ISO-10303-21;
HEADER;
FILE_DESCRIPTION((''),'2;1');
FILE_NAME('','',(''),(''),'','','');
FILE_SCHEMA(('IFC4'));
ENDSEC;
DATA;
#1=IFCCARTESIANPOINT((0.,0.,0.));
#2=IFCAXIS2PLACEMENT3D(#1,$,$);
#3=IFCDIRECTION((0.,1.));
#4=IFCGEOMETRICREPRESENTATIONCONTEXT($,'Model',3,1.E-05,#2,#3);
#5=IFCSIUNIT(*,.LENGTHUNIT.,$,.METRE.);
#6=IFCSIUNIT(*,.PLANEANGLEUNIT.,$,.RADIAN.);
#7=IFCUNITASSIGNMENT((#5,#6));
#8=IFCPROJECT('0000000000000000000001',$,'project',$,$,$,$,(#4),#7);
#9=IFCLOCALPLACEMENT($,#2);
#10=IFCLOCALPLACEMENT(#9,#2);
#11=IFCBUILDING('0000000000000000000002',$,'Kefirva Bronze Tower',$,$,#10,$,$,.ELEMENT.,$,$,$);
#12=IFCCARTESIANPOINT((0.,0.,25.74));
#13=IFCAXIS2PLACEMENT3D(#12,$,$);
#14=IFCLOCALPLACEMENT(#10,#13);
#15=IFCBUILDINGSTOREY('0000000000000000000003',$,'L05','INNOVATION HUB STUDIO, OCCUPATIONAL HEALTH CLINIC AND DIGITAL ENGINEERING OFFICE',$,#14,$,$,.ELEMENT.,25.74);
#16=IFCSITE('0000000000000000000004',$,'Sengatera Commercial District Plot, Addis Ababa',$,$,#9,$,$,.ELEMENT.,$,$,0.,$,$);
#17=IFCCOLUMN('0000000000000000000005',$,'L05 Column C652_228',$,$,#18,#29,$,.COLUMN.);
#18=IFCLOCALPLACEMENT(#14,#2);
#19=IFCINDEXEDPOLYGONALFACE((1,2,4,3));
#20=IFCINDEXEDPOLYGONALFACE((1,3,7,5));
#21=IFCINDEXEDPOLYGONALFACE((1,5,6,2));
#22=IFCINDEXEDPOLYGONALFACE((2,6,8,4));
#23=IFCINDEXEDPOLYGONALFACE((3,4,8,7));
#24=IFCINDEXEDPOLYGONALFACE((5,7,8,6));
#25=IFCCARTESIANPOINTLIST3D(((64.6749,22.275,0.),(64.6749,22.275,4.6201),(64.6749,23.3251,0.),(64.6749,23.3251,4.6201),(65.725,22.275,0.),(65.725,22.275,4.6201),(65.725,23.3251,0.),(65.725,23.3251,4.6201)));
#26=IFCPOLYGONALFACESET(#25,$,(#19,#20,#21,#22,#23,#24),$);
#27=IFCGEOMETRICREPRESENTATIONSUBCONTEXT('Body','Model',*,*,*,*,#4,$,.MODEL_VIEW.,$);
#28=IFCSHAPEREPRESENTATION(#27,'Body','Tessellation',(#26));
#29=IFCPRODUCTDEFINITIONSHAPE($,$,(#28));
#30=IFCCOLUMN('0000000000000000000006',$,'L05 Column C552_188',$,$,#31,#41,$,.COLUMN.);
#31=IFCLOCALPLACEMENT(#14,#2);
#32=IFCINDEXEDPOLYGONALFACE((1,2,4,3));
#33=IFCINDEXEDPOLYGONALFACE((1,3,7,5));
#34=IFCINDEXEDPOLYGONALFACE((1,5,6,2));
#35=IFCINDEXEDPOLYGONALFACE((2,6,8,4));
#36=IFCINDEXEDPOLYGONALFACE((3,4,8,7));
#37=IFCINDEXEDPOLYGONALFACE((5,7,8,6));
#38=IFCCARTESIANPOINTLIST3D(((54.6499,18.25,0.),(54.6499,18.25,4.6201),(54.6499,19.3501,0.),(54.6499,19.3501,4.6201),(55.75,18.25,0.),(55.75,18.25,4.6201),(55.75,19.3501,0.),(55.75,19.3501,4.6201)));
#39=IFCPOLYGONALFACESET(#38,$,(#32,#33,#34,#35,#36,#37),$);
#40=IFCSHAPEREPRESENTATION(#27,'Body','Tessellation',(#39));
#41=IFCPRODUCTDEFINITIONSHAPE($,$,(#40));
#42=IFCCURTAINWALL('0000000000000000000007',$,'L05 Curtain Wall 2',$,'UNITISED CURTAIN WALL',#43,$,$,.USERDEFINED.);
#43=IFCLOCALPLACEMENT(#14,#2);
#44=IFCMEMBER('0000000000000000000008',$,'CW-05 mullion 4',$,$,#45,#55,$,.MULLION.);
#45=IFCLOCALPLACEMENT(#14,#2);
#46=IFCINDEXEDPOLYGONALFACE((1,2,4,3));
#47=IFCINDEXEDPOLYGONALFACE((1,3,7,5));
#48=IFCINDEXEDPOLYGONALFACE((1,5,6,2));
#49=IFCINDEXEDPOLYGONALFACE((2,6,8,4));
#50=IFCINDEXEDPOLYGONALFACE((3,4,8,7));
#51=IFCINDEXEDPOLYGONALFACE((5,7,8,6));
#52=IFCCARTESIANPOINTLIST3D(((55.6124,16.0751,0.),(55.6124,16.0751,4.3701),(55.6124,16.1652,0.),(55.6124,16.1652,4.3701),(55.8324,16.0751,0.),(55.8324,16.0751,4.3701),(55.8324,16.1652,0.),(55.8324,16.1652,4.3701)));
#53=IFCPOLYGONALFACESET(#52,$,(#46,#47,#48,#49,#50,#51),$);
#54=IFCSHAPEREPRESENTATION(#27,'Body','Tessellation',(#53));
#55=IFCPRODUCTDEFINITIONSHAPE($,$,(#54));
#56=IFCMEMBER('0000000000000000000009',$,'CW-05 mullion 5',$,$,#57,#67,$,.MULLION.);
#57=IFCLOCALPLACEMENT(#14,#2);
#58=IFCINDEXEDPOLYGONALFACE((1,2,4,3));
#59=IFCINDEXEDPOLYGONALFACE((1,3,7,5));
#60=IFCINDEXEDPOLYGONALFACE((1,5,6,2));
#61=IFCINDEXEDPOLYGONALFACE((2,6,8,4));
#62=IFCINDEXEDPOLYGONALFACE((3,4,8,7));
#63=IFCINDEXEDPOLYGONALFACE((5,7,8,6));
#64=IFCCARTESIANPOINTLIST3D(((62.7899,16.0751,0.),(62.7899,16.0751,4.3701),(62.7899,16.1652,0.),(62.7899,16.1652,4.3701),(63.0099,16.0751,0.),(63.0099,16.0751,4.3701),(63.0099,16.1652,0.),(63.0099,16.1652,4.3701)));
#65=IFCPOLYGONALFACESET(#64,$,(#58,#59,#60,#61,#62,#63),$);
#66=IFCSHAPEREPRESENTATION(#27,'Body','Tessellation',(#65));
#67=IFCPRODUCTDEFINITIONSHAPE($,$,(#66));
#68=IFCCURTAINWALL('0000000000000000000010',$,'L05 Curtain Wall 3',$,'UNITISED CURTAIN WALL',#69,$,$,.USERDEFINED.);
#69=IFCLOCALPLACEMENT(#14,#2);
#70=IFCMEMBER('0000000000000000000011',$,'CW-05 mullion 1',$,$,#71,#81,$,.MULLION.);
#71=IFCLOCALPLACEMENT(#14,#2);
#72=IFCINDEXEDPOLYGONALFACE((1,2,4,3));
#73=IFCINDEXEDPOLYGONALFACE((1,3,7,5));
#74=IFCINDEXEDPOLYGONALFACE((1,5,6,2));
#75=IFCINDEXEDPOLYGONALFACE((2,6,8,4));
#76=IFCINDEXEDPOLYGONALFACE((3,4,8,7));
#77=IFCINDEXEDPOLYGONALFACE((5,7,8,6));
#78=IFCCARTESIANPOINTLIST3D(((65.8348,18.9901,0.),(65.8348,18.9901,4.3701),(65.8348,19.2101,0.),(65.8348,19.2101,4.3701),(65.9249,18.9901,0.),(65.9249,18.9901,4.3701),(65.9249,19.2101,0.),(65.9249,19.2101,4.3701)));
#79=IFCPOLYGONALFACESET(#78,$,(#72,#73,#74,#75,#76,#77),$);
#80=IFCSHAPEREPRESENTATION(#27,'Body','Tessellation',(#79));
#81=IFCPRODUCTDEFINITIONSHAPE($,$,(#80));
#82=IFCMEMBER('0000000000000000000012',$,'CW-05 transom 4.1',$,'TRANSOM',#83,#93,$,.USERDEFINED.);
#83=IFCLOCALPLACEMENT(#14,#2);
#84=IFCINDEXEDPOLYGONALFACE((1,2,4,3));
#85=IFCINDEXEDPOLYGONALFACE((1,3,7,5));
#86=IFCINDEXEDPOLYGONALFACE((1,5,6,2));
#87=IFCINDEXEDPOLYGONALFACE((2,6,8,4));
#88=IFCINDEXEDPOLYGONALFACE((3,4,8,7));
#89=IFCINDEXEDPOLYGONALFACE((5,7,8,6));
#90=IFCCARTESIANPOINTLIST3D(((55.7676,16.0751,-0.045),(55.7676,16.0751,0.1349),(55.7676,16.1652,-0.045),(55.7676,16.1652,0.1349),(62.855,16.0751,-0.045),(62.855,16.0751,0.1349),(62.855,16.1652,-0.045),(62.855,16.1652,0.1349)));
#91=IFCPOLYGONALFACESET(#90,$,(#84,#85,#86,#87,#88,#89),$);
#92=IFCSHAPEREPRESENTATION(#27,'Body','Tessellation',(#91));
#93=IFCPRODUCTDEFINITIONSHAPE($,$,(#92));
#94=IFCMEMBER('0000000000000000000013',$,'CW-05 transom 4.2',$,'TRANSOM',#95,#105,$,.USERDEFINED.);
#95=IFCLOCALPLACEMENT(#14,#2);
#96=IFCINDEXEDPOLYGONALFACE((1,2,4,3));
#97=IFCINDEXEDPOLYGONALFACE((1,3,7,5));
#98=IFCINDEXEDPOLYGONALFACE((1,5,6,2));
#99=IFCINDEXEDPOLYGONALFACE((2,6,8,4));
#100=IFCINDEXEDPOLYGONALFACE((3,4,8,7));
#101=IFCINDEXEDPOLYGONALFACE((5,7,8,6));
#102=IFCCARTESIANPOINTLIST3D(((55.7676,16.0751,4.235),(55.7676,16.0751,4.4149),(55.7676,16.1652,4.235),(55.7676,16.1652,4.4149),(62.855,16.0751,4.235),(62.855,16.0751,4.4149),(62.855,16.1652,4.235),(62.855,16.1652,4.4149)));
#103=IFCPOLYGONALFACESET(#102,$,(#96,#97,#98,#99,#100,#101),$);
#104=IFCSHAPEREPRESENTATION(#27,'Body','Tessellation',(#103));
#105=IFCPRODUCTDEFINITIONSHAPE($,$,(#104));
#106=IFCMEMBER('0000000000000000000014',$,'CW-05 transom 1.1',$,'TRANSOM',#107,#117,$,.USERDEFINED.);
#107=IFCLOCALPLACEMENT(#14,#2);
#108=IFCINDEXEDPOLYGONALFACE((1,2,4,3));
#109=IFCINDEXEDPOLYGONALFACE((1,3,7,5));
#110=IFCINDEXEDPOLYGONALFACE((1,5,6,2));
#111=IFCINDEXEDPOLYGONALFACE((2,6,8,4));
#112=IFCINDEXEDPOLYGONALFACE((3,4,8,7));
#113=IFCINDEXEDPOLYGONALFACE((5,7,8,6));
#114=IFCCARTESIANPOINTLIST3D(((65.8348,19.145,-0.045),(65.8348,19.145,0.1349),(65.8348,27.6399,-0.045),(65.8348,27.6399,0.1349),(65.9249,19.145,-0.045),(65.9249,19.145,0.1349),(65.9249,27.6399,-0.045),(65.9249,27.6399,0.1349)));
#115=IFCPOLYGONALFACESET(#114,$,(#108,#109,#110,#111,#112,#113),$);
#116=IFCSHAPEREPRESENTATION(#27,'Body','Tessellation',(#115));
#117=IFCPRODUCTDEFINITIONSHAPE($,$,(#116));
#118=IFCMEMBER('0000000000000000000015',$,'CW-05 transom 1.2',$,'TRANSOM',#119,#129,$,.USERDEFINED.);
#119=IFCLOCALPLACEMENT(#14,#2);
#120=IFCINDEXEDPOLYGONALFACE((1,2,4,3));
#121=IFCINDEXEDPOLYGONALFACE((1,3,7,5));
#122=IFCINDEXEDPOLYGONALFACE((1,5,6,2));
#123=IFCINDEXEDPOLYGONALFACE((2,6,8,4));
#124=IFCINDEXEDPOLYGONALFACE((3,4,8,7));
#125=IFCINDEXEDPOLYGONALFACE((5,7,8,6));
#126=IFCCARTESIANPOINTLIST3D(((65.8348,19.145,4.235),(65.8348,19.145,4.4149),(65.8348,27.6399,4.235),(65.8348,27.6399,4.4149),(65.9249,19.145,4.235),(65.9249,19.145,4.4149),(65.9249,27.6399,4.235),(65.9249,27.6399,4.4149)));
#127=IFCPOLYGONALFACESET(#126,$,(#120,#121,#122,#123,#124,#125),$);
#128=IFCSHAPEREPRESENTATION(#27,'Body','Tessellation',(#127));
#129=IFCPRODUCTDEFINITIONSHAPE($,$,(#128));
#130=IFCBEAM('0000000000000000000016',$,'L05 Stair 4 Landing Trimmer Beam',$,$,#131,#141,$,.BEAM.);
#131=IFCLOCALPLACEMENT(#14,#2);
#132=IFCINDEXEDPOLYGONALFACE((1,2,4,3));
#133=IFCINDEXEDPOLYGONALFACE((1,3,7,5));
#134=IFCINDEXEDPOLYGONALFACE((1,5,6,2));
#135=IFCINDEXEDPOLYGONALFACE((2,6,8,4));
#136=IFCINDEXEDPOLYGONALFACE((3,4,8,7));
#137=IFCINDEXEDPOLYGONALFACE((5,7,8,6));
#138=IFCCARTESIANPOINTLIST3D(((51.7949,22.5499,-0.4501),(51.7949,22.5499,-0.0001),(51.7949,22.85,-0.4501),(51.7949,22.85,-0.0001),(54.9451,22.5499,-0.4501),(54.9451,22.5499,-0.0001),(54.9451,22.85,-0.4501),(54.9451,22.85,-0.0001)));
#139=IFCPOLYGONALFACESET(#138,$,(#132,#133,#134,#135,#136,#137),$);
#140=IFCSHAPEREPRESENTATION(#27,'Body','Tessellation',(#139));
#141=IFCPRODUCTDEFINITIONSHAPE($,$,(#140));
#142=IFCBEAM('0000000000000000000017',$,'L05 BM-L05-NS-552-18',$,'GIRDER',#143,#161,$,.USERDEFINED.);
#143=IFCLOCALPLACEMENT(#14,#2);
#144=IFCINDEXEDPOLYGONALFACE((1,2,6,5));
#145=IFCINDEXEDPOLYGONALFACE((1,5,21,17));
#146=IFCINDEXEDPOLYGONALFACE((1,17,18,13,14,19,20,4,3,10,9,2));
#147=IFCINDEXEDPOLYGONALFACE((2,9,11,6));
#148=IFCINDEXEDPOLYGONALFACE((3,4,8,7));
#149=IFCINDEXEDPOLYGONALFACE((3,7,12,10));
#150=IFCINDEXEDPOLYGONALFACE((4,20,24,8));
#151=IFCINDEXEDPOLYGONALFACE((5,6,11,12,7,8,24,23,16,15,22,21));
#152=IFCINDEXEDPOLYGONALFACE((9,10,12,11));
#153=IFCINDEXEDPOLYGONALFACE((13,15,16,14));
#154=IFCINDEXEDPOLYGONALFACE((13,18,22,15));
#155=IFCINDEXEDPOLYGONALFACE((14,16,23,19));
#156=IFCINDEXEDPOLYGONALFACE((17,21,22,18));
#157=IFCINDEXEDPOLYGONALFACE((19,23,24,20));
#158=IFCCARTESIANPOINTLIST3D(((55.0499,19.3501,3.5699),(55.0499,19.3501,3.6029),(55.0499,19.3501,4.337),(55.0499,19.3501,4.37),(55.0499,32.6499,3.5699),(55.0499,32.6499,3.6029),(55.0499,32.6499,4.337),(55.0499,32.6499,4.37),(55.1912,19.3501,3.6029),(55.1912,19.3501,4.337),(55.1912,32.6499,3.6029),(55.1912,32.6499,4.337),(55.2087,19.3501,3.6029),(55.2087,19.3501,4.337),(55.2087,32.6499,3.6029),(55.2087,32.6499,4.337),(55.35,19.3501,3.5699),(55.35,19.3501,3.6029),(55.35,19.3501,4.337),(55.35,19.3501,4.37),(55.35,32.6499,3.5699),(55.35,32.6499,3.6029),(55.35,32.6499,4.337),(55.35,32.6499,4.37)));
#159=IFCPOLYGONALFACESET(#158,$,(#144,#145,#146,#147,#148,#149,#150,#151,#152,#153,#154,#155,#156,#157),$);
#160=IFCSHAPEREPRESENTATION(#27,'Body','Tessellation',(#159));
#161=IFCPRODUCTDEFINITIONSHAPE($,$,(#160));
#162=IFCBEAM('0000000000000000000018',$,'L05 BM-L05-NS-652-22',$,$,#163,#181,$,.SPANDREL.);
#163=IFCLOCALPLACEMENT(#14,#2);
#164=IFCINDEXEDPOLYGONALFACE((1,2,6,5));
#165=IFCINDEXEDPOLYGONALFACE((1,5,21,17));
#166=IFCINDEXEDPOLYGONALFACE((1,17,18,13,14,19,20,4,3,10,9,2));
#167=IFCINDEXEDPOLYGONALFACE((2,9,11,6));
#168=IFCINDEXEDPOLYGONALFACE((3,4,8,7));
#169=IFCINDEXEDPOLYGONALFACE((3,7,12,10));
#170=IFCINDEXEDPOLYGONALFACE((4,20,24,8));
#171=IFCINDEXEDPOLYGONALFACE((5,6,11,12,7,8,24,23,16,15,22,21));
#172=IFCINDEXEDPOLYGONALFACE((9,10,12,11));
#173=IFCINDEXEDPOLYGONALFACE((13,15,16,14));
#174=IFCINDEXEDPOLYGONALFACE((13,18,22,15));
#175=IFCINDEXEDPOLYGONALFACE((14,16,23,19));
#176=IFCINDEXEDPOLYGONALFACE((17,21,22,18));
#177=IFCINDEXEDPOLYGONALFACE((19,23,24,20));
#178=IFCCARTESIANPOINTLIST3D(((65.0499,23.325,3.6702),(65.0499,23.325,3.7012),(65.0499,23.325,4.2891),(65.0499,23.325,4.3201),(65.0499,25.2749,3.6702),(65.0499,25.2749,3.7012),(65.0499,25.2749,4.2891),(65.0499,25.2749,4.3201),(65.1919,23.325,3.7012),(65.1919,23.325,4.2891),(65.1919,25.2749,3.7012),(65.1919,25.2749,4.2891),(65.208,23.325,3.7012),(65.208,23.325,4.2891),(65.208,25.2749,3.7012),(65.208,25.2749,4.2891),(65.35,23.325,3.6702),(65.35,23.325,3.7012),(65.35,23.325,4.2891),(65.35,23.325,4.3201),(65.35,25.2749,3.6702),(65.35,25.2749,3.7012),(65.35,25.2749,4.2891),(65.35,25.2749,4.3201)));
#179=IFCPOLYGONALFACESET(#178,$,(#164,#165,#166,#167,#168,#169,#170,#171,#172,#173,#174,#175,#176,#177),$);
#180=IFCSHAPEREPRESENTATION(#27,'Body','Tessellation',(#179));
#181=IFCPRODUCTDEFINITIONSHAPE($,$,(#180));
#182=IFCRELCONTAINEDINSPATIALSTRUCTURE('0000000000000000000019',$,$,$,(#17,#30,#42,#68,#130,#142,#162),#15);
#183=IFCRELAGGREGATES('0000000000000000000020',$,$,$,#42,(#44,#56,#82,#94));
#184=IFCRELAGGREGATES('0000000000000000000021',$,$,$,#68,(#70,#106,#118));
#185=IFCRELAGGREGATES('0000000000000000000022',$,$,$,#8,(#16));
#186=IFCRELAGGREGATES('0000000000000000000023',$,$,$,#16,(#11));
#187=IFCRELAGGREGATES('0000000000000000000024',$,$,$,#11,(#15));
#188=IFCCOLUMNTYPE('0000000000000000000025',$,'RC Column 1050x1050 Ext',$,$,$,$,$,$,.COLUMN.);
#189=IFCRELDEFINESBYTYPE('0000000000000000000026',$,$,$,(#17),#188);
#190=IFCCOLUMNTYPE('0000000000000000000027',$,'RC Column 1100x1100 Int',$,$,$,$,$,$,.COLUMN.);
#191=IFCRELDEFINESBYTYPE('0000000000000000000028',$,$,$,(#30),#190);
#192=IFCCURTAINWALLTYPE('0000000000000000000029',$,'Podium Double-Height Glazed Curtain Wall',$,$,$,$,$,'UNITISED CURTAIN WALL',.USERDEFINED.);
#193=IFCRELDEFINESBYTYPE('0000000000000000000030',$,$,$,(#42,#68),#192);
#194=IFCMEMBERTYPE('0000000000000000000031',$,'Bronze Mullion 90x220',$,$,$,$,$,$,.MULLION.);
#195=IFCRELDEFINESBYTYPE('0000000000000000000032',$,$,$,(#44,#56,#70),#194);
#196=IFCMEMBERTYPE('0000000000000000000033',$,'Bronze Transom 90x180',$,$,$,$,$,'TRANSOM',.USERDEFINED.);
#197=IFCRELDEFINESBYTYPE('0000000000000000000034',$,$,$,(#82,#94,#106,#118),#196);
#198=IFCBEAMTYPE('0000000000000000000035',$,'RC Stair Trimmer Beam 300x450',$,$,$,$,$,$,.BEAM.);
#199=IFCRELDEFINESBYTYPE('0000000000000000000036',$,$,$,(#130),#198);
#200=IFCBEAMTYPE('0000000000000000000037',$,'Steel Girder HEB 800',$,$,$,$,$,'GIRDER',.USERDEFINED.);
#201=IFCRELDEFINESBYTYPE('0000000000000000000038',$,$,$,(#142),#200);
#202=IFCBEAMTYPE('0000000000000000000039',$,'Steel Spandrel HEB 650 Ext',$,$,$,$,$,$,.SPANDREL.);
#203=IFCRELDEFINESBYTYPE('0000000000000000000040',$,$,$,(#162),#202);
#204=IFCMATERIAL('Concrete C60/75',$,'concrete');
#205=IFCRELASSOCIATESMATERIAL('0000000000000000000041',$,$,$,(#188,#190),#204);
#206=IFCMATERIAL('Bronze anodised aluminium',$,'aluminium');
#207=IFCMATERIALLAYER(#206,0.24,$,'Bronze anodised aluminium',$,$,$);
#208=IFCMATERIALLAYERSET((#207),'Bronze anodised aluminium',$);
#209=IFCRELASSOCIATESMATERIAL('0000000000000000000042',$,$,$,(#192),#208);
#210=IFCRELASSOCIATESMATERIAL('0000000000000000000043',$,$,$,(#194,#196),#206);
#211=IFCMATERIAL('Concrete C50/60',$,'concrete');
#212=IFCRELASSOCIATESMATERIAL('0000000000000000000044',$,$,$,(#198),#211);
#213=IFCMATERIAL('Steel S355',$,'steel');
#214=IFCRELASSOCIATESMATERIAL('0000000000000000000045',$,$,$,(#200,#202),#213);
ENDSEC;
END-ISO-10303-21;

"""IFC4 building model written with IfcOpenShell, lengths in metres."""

from ifc_helpers import new_model, si_unit, direction, frame, origin, origin_2d, place, context, subcontext, project, spatial, rectangle, i_section, extrude, material, layer, layer_set, material_profile, profile_set, type_object, element, aggregate, save


model = new_model("IFC4")

# Units and contexts
model_context = context("Model", 3, precision=1e-05, world=origin(), true_north=direction((0.0, 1.0)))
body_context = subcontext(model_context, "Body", "Model", "MODEL_VIEW")
ifc_project = project(units=[si_unit("LENGTHUNIT", "METRE"), si_unit("PLANEANGLEUNIT", "RADIAN")], contexts=[model_context])

# Site, building, storey
site_placement = place(None, origin())
site = spatial("IfcSite", under=ifc_project, at=site_placement, Name="Sengatera Commercial District Plot, Addis Ababa", CompositionType="ELEMENT", RefElevation=0.0)
building_placement = place(site_placement, origin())
building = spatial("IfcBuilding", under=site, at=building_placement, Name="Kefirva Bronze Tower", CompositionType="ELEMENT")
storey_placement = place(building_placement, frame((0.0, 0.0, 25.74)))
storey = spatial("IfcBuildingStorey", under=building, at=storey_placement, Name="L05", Description="INNOVATION HUB STUDIO, OCCUPATIONAL HEALTH CLINIC AND DIGITAL ENGINEERING OFFICE", CompositionType="ELEMENT", Elevation=25.74)

# Columns
ifc_material_1 = material(Name="Concrete C60/75", Category="concrete")
ifc_material_profile_1 = material_profile(ifc_material_1, rectangle(XDim=1.05, YDim=1.05, at=origin_2d()), Name="RC 1050x1050")
ifc_profile_set_1 = profile_set([ifc_material_profile_1], Name="Concrete C60/75")
column_type_1 = type_object("IfcColumnType", Name="RC Column 1050x1050 Ext", PredefinedType="COLUMN", material=ifc_profile_set_1)
column_1_placement = place(storey_placement, frame((65.2, 22.8, 0.0), z_axis=(0.0, 0.0, 1.0), x_axis=(1.0, 0.0, 0.0)))
element("IfcColumn", 1, at=column_1_placement, inside=storey, type_object=column_type_1, Name="L05 Column C652_228", PredefinedType="COLUMN", context=body_context, shape_type="SweptSolid", body=[
    extrude(rectangle(XDim=1.05, YDim=1.05, at=origin_2d()), origin(), (0.0, 0.0, 1.0), 4.6201),
])
ifc_material_profile_2 = material_profile(ifc_material_1, rectangle(XDim=1.1001, YDim=1.1001, at=origin_2d()), Name="RC 1100x1100")
ifc_profile_set_2 = profile_set([ifc_material_profile_2], Name="Concrete C60/75")
column_type_2 = type_object("IfcColumnType", Name="RC Column 1100x1100 Int", PredefinedType="COLUMN", material=ifc_profile_set_2)
column_2_placement = place(storey_placement, frame((55.2, 18.8, 0.0), z_axis=(0.0, 0.0, 1.0), x_axis=(1.0, 0.0, 0.0)))
element("IfcColumn", 2, at=column_2_placement, inside=storey, type_object=column_type_2, Name="L05 Column C552_188", PredefinedType="COLUMN", context=body_context, shape_type="SweptSolid", body=[
    extrude(rectangle(XDim=1.1001, YDim=1.1001, at=origin_2d()), origin(), (0.0, 0.0, 1.0), 4.6201),
])

# Curtain wall, members
ifc_material_2 = material(Name="Bronze anodised aluminium", Category="aluminium")
ifc_layer_1 = layer(ifc_material_2, 0.24, Name="Bronze anodised aluminium")
ifc_layer_set_1 = layer_set([ifc_layer_1], Name="Bronze anodised aluminium")
curtain_wall_type = type_object("IfcCurtainWallType", Name="Podium Double-Height Glazed Curtain Wall", ElementType="UNITISED CURTAIN WALL", PredefinedType="USERDEFINED", material=ifc_layer_set_1)
curtain_wall_1_placement = place(storey_placement, origin())
curtain_wall_1 = element("IfcCurtainWall", 3, at=curtain_wall_1_placement, inside=storey, type_object=curtain_wall_type, Name="L05 Curtain Wall 2", ObjectType="UNITISED CURTAIN WALL", PredefinedType="USERDEFINED")
ifc_material_profile_3 = material_profile(ifc_material_2, rectangle(XDim=0.0901, YDim=0.22, at=origin_2d()), Name="ALU 90x220")
ifc_profile_set_3 = profile_set([ifc_material_profile_3], Name="Bronze anodised aluminium")
member_type_1 = type_object("IfcMemberType", Name="Bronze Mullion 90x220", PredefinedType="MULLION", material=ifc_profile_set_3)
member_1_placement = place(storey_placement, frame((55.7224, 16.1201, 0.0), z_axis=(0.0, 0.0, 1.0), x_axis=(0.0, 1.0, 0.0)))
member_1 = element("IfcMember", 4, at=member_1_placement, type_object=member_type_1, Name="CW-05 mullion 4", PredefinedType="MULLION", context=body_context, shape_type="SweptSolid", body=[
    extrude(rectangle(XDim=0.0901, YDim=0.22, at=origin_2d()), origin(), (0.0, 0.0, 1.0), 4.3701),
])
member_2_placement = place(storey_placement, frame((62.8999, 16.1201, 0.0), z_axis=(0.0, 0.0, 1.0), x_axis=(0.0, 1.0, 0.0)))
member_2 = element("IfcMember", 5, at=member_2_placement, type_object=member_type_1, Name="CW-05 mullion 5", PredefinedType="MULLION", context=body_context, shape_type="SweptSolid", body=[
    extrude(rectangle(XDim=0.0901, YDim=0.22, at=origin_2d()), origin(), (0.0, 0.0, 1.0), 4.3701),
])

# Curtain wall, member
curtain_wall_2_placement = place(storey_placement, origin())
curtain_wall_2 = element("IfcCurtainWall", 6, at=curtain_wall_2_placement, inside=storey, type_object=curtain_wall_type, Name="L05 Curtain Wall 3", ObjectType="UNITISED CURTAIN WALL", PredefinedType="USERDEFINED")
member_3_placement = place(storey_placement, frame((65.8799, 19.1001, 0.0), z_axis=(0.0, 0.0, 1.0), x_axis=(-1.0, 0.0, 0.0)))
member_3 = element("IfcMember", 7, at=member_3_placement, type_object=member_type_1, Name="CW-05 mullion 1", PredefinedType="MULLION", context=body_context, shape_type="SweptSolid", body=[
    extrude(rectangle(XDim=0.0901, YDim=0.22, at=origin_2d()), origin(), (0.0, 0.0, 1.0), 4.3701),
])

# Members
ifc_material_profile_4 = material_profile(ifc_material_2, rectangle(XDim=0.0901, YDim=0.1799, at=origin_2d()), Name="ALU 90x180")
ifc_profile_set_4 = profile_set([ifc_material_profile_4], Name="Bronze anodised aluminium")
member_type_2 = type_object("IfcMemberType", Name="Bronze Transom 90x180", ElementType="TRANSOM", PredefinedType="USERDEFINED", material=ifc_profile_set_4)
member_4_placement = place(storey_placement, frame((55.7676, 16.1201, 0.0449), z_axis=(1.0, 0.0, 0.0), x_axis=(0.0, 1.0, 0.0)))
member_4 = element("IfcMember", 8, at=member_4_placement, type_object=member_type_2, Name="CW-05 transom 4.1", ObjectType="TRANSOM", PredefinedType="USERDEFINED", context=body_context, shape_type="SweptSolid", body=[
    extrude(rectangle(XDim=0.0901, YDim=0.1799, at=origin_2d()), origin(), (0.0, 0.0, 1.0), 7.0874),
])
member_5_placement = place(storey_placement, frame((55.7676, 16.1201, 4.325), z_axis=(1.0, 0.0, 0.0), x_axis=(0.0, 1.0, 0.0)))
member_5 = element("IfcMember", 9, at=member_5_placement, type_object=member_type_2, Name="CW-05 transom 4.2", ObjectType="TRANSOM", PredefinedType="USERDEFINED", context=body_context, shape_type="SweptSolid", body=[
    extrude(rectangle(XDim=0.0901, YDim=0.1799, at=origin_2d()), origin(), (0.0, 0.0, 1.0), 7.0874),
])
member_6_placement = place(storey_placement, frame((65.8799, 19.145, 0.0449), z_axis=(0.0, 1.0, 0.0), x_axis=(-1.0, 0.0, 0.0)))
member_6 = element("IfcMember", 10, at=member_6_placement, type_object=member_type_2, Name="CW-05 transom 1.1", ObjectType="TRANSOM", PredefinedType="USERDEFINED", context=body_context, shape_type="SweptSolid", body=[
    extrude(rectangle(XDim=0.0901, YDim=0.1799, at=origin_2d()), origin(), (0.0, 0.0, 1.0), 8.4949),
])
member_7_placement = place(storey_placement, frame((65.8799, 19.145, 4.325), z_axis=(0.0, 1.0, 0.0), x_axis=(-1.0, 0.0, 0.0)))
member_7 = element("IfcMember", 11, at=member_7_placement, type_object=member_type_2, Name="CW-05 transom 1.2", ObjectType="TRANSOM", PredefinedType="USERDEFINED", context=body_context, shape_type="SweptSolid", body=[
    extrude(rectangle(XDim=0.0901, YDim=0.1799, at=origin_2d()), origin(), (0.0, 0.0, 1.0), 8.4949),
])

# Beams
ifc_material_3 = material(Name="Concrete C50/60", Category="concrete")
ifc_material_profile_5 = material_profile(ifc_material_3, rectangle(XDim=0.3, YDim=0.45, at=origin_2d()), Name="RC 300x450")
ifc_profile_set_5 = profile_set([ifc_material_profile_5], Name="Concrete C50/60")
beam_type_1 = type_object("IfcBeamType", Name="RC Stair Trimmer Beam 300x450", PredefinedType="BEAM", material=ifc_profile_set_5)
beam_1_placement = place(storey_placement, frame((51.7949, 22.7, -0.2251), z_axis=(1.0, 0.0, 0.0), x_axis=(0.0, 1.0, 0.0)))
element("IfcBeam", 12, at=beam_1_placement, inside=storey, type_object=beam_type_1, Name="L05 Stair 4 Landing Trimmer Beam", PredefinedType="BEAM", context=body_context, shape_type="SweptSolid", body=[
    extrude(rectangle(XDim=0.3, YDim=0.45, at=origin_2d()), origin(), (0.0, 0.0, 1.0), 3.1501),
])
ifc_material_4 = material(Name="Steel S355", Category="steel")
ifc_material_profile_6 = material_profile(ifc_material_4, i_section(OverallWidth=0.3, OverallDepth=0.8, WebThickness=0.0176, FlangeThickness=0.033, at=origin_2d()), Name="HEB 800")
ifc_profile_set_6 = profile_set([ifc_material_profile_6], Name="Steel S355")
beam_type_2 = type_object("IfcBeamType", Name="Steel Girder HEB 800", ElementType="GIRDER", PredefinedType="USERDEFINED", material=ifc_profile_set_6)
beam_2_placement = place(storey_placement, frame((55.2, 19.3501, 3.97), z_axis=(0.0, 1.0, 0.0), x_axis=(-1.0, 0.0, 0.0)))
element("IfcBeam", 13, at=beam_2_placement, inside=storey, type_object=beam_type_2, Name="L05 BM-L05-NS-552-18", ObjectType="GIRDER", PredefinedType="USERDEFINED", context=body_context, shape_type="SweptSolid", body=[
    extrude(i_section(OverallWidth=0.3, OverallDepth=0.8, WebThickness=0.0176, FlangeThickness=0.033, at=origin_2d()), origin(), (0.0, 0.0, 1.0), 13.2998),
])
ifc_material_profile_7 = material_profile(ifc_material_4, i_section(OverallWidth=0.3, OverallDepth=0.6499, WebThickness=0.0161, FlangeThickness=0.031, at=origin_2d()), Name="HEB 650")
ifc_profile_set_7 = profile_set([ifc_material_profile_7], Name="Steel S355")
beam_type_3 = type_object("IfcBeamType", Name="Steel Spandrel HEB 650 Ext", PredefinedType="SPANDREL", material=ifc_profile_set_7)
beam_3_placement = place(storey_placement, frame((65.2, 23.325, 3.9951), z_axis=(0.0, 1.0, 0.0), x_axis=(-1.0, 0.0, 0.0)))
element("IfcBeam", 14, at=beam_3_placement, inside=storey, type_object=beam_type_3, Name="L05 BM-L05-NS-652-22", PredefinedType="SPANDREL", context=body_context, shape_type="SweptSolid", body=[
    extrude(i_section(OverallWidth=0.3, OverallDepth=0.6499, WebThickness=0.0161, FlangeThickness=0.031, at=origin_2d()), origin(), (0.0, 0.0, 1.0), 1.95),
])

aggregate(curtain_wall_1, [member_1, member_2, member_4, member_5])
aggregate(curtain_wall_2, [member_3, member_6, member_7])

save(model, "model.ifc")
